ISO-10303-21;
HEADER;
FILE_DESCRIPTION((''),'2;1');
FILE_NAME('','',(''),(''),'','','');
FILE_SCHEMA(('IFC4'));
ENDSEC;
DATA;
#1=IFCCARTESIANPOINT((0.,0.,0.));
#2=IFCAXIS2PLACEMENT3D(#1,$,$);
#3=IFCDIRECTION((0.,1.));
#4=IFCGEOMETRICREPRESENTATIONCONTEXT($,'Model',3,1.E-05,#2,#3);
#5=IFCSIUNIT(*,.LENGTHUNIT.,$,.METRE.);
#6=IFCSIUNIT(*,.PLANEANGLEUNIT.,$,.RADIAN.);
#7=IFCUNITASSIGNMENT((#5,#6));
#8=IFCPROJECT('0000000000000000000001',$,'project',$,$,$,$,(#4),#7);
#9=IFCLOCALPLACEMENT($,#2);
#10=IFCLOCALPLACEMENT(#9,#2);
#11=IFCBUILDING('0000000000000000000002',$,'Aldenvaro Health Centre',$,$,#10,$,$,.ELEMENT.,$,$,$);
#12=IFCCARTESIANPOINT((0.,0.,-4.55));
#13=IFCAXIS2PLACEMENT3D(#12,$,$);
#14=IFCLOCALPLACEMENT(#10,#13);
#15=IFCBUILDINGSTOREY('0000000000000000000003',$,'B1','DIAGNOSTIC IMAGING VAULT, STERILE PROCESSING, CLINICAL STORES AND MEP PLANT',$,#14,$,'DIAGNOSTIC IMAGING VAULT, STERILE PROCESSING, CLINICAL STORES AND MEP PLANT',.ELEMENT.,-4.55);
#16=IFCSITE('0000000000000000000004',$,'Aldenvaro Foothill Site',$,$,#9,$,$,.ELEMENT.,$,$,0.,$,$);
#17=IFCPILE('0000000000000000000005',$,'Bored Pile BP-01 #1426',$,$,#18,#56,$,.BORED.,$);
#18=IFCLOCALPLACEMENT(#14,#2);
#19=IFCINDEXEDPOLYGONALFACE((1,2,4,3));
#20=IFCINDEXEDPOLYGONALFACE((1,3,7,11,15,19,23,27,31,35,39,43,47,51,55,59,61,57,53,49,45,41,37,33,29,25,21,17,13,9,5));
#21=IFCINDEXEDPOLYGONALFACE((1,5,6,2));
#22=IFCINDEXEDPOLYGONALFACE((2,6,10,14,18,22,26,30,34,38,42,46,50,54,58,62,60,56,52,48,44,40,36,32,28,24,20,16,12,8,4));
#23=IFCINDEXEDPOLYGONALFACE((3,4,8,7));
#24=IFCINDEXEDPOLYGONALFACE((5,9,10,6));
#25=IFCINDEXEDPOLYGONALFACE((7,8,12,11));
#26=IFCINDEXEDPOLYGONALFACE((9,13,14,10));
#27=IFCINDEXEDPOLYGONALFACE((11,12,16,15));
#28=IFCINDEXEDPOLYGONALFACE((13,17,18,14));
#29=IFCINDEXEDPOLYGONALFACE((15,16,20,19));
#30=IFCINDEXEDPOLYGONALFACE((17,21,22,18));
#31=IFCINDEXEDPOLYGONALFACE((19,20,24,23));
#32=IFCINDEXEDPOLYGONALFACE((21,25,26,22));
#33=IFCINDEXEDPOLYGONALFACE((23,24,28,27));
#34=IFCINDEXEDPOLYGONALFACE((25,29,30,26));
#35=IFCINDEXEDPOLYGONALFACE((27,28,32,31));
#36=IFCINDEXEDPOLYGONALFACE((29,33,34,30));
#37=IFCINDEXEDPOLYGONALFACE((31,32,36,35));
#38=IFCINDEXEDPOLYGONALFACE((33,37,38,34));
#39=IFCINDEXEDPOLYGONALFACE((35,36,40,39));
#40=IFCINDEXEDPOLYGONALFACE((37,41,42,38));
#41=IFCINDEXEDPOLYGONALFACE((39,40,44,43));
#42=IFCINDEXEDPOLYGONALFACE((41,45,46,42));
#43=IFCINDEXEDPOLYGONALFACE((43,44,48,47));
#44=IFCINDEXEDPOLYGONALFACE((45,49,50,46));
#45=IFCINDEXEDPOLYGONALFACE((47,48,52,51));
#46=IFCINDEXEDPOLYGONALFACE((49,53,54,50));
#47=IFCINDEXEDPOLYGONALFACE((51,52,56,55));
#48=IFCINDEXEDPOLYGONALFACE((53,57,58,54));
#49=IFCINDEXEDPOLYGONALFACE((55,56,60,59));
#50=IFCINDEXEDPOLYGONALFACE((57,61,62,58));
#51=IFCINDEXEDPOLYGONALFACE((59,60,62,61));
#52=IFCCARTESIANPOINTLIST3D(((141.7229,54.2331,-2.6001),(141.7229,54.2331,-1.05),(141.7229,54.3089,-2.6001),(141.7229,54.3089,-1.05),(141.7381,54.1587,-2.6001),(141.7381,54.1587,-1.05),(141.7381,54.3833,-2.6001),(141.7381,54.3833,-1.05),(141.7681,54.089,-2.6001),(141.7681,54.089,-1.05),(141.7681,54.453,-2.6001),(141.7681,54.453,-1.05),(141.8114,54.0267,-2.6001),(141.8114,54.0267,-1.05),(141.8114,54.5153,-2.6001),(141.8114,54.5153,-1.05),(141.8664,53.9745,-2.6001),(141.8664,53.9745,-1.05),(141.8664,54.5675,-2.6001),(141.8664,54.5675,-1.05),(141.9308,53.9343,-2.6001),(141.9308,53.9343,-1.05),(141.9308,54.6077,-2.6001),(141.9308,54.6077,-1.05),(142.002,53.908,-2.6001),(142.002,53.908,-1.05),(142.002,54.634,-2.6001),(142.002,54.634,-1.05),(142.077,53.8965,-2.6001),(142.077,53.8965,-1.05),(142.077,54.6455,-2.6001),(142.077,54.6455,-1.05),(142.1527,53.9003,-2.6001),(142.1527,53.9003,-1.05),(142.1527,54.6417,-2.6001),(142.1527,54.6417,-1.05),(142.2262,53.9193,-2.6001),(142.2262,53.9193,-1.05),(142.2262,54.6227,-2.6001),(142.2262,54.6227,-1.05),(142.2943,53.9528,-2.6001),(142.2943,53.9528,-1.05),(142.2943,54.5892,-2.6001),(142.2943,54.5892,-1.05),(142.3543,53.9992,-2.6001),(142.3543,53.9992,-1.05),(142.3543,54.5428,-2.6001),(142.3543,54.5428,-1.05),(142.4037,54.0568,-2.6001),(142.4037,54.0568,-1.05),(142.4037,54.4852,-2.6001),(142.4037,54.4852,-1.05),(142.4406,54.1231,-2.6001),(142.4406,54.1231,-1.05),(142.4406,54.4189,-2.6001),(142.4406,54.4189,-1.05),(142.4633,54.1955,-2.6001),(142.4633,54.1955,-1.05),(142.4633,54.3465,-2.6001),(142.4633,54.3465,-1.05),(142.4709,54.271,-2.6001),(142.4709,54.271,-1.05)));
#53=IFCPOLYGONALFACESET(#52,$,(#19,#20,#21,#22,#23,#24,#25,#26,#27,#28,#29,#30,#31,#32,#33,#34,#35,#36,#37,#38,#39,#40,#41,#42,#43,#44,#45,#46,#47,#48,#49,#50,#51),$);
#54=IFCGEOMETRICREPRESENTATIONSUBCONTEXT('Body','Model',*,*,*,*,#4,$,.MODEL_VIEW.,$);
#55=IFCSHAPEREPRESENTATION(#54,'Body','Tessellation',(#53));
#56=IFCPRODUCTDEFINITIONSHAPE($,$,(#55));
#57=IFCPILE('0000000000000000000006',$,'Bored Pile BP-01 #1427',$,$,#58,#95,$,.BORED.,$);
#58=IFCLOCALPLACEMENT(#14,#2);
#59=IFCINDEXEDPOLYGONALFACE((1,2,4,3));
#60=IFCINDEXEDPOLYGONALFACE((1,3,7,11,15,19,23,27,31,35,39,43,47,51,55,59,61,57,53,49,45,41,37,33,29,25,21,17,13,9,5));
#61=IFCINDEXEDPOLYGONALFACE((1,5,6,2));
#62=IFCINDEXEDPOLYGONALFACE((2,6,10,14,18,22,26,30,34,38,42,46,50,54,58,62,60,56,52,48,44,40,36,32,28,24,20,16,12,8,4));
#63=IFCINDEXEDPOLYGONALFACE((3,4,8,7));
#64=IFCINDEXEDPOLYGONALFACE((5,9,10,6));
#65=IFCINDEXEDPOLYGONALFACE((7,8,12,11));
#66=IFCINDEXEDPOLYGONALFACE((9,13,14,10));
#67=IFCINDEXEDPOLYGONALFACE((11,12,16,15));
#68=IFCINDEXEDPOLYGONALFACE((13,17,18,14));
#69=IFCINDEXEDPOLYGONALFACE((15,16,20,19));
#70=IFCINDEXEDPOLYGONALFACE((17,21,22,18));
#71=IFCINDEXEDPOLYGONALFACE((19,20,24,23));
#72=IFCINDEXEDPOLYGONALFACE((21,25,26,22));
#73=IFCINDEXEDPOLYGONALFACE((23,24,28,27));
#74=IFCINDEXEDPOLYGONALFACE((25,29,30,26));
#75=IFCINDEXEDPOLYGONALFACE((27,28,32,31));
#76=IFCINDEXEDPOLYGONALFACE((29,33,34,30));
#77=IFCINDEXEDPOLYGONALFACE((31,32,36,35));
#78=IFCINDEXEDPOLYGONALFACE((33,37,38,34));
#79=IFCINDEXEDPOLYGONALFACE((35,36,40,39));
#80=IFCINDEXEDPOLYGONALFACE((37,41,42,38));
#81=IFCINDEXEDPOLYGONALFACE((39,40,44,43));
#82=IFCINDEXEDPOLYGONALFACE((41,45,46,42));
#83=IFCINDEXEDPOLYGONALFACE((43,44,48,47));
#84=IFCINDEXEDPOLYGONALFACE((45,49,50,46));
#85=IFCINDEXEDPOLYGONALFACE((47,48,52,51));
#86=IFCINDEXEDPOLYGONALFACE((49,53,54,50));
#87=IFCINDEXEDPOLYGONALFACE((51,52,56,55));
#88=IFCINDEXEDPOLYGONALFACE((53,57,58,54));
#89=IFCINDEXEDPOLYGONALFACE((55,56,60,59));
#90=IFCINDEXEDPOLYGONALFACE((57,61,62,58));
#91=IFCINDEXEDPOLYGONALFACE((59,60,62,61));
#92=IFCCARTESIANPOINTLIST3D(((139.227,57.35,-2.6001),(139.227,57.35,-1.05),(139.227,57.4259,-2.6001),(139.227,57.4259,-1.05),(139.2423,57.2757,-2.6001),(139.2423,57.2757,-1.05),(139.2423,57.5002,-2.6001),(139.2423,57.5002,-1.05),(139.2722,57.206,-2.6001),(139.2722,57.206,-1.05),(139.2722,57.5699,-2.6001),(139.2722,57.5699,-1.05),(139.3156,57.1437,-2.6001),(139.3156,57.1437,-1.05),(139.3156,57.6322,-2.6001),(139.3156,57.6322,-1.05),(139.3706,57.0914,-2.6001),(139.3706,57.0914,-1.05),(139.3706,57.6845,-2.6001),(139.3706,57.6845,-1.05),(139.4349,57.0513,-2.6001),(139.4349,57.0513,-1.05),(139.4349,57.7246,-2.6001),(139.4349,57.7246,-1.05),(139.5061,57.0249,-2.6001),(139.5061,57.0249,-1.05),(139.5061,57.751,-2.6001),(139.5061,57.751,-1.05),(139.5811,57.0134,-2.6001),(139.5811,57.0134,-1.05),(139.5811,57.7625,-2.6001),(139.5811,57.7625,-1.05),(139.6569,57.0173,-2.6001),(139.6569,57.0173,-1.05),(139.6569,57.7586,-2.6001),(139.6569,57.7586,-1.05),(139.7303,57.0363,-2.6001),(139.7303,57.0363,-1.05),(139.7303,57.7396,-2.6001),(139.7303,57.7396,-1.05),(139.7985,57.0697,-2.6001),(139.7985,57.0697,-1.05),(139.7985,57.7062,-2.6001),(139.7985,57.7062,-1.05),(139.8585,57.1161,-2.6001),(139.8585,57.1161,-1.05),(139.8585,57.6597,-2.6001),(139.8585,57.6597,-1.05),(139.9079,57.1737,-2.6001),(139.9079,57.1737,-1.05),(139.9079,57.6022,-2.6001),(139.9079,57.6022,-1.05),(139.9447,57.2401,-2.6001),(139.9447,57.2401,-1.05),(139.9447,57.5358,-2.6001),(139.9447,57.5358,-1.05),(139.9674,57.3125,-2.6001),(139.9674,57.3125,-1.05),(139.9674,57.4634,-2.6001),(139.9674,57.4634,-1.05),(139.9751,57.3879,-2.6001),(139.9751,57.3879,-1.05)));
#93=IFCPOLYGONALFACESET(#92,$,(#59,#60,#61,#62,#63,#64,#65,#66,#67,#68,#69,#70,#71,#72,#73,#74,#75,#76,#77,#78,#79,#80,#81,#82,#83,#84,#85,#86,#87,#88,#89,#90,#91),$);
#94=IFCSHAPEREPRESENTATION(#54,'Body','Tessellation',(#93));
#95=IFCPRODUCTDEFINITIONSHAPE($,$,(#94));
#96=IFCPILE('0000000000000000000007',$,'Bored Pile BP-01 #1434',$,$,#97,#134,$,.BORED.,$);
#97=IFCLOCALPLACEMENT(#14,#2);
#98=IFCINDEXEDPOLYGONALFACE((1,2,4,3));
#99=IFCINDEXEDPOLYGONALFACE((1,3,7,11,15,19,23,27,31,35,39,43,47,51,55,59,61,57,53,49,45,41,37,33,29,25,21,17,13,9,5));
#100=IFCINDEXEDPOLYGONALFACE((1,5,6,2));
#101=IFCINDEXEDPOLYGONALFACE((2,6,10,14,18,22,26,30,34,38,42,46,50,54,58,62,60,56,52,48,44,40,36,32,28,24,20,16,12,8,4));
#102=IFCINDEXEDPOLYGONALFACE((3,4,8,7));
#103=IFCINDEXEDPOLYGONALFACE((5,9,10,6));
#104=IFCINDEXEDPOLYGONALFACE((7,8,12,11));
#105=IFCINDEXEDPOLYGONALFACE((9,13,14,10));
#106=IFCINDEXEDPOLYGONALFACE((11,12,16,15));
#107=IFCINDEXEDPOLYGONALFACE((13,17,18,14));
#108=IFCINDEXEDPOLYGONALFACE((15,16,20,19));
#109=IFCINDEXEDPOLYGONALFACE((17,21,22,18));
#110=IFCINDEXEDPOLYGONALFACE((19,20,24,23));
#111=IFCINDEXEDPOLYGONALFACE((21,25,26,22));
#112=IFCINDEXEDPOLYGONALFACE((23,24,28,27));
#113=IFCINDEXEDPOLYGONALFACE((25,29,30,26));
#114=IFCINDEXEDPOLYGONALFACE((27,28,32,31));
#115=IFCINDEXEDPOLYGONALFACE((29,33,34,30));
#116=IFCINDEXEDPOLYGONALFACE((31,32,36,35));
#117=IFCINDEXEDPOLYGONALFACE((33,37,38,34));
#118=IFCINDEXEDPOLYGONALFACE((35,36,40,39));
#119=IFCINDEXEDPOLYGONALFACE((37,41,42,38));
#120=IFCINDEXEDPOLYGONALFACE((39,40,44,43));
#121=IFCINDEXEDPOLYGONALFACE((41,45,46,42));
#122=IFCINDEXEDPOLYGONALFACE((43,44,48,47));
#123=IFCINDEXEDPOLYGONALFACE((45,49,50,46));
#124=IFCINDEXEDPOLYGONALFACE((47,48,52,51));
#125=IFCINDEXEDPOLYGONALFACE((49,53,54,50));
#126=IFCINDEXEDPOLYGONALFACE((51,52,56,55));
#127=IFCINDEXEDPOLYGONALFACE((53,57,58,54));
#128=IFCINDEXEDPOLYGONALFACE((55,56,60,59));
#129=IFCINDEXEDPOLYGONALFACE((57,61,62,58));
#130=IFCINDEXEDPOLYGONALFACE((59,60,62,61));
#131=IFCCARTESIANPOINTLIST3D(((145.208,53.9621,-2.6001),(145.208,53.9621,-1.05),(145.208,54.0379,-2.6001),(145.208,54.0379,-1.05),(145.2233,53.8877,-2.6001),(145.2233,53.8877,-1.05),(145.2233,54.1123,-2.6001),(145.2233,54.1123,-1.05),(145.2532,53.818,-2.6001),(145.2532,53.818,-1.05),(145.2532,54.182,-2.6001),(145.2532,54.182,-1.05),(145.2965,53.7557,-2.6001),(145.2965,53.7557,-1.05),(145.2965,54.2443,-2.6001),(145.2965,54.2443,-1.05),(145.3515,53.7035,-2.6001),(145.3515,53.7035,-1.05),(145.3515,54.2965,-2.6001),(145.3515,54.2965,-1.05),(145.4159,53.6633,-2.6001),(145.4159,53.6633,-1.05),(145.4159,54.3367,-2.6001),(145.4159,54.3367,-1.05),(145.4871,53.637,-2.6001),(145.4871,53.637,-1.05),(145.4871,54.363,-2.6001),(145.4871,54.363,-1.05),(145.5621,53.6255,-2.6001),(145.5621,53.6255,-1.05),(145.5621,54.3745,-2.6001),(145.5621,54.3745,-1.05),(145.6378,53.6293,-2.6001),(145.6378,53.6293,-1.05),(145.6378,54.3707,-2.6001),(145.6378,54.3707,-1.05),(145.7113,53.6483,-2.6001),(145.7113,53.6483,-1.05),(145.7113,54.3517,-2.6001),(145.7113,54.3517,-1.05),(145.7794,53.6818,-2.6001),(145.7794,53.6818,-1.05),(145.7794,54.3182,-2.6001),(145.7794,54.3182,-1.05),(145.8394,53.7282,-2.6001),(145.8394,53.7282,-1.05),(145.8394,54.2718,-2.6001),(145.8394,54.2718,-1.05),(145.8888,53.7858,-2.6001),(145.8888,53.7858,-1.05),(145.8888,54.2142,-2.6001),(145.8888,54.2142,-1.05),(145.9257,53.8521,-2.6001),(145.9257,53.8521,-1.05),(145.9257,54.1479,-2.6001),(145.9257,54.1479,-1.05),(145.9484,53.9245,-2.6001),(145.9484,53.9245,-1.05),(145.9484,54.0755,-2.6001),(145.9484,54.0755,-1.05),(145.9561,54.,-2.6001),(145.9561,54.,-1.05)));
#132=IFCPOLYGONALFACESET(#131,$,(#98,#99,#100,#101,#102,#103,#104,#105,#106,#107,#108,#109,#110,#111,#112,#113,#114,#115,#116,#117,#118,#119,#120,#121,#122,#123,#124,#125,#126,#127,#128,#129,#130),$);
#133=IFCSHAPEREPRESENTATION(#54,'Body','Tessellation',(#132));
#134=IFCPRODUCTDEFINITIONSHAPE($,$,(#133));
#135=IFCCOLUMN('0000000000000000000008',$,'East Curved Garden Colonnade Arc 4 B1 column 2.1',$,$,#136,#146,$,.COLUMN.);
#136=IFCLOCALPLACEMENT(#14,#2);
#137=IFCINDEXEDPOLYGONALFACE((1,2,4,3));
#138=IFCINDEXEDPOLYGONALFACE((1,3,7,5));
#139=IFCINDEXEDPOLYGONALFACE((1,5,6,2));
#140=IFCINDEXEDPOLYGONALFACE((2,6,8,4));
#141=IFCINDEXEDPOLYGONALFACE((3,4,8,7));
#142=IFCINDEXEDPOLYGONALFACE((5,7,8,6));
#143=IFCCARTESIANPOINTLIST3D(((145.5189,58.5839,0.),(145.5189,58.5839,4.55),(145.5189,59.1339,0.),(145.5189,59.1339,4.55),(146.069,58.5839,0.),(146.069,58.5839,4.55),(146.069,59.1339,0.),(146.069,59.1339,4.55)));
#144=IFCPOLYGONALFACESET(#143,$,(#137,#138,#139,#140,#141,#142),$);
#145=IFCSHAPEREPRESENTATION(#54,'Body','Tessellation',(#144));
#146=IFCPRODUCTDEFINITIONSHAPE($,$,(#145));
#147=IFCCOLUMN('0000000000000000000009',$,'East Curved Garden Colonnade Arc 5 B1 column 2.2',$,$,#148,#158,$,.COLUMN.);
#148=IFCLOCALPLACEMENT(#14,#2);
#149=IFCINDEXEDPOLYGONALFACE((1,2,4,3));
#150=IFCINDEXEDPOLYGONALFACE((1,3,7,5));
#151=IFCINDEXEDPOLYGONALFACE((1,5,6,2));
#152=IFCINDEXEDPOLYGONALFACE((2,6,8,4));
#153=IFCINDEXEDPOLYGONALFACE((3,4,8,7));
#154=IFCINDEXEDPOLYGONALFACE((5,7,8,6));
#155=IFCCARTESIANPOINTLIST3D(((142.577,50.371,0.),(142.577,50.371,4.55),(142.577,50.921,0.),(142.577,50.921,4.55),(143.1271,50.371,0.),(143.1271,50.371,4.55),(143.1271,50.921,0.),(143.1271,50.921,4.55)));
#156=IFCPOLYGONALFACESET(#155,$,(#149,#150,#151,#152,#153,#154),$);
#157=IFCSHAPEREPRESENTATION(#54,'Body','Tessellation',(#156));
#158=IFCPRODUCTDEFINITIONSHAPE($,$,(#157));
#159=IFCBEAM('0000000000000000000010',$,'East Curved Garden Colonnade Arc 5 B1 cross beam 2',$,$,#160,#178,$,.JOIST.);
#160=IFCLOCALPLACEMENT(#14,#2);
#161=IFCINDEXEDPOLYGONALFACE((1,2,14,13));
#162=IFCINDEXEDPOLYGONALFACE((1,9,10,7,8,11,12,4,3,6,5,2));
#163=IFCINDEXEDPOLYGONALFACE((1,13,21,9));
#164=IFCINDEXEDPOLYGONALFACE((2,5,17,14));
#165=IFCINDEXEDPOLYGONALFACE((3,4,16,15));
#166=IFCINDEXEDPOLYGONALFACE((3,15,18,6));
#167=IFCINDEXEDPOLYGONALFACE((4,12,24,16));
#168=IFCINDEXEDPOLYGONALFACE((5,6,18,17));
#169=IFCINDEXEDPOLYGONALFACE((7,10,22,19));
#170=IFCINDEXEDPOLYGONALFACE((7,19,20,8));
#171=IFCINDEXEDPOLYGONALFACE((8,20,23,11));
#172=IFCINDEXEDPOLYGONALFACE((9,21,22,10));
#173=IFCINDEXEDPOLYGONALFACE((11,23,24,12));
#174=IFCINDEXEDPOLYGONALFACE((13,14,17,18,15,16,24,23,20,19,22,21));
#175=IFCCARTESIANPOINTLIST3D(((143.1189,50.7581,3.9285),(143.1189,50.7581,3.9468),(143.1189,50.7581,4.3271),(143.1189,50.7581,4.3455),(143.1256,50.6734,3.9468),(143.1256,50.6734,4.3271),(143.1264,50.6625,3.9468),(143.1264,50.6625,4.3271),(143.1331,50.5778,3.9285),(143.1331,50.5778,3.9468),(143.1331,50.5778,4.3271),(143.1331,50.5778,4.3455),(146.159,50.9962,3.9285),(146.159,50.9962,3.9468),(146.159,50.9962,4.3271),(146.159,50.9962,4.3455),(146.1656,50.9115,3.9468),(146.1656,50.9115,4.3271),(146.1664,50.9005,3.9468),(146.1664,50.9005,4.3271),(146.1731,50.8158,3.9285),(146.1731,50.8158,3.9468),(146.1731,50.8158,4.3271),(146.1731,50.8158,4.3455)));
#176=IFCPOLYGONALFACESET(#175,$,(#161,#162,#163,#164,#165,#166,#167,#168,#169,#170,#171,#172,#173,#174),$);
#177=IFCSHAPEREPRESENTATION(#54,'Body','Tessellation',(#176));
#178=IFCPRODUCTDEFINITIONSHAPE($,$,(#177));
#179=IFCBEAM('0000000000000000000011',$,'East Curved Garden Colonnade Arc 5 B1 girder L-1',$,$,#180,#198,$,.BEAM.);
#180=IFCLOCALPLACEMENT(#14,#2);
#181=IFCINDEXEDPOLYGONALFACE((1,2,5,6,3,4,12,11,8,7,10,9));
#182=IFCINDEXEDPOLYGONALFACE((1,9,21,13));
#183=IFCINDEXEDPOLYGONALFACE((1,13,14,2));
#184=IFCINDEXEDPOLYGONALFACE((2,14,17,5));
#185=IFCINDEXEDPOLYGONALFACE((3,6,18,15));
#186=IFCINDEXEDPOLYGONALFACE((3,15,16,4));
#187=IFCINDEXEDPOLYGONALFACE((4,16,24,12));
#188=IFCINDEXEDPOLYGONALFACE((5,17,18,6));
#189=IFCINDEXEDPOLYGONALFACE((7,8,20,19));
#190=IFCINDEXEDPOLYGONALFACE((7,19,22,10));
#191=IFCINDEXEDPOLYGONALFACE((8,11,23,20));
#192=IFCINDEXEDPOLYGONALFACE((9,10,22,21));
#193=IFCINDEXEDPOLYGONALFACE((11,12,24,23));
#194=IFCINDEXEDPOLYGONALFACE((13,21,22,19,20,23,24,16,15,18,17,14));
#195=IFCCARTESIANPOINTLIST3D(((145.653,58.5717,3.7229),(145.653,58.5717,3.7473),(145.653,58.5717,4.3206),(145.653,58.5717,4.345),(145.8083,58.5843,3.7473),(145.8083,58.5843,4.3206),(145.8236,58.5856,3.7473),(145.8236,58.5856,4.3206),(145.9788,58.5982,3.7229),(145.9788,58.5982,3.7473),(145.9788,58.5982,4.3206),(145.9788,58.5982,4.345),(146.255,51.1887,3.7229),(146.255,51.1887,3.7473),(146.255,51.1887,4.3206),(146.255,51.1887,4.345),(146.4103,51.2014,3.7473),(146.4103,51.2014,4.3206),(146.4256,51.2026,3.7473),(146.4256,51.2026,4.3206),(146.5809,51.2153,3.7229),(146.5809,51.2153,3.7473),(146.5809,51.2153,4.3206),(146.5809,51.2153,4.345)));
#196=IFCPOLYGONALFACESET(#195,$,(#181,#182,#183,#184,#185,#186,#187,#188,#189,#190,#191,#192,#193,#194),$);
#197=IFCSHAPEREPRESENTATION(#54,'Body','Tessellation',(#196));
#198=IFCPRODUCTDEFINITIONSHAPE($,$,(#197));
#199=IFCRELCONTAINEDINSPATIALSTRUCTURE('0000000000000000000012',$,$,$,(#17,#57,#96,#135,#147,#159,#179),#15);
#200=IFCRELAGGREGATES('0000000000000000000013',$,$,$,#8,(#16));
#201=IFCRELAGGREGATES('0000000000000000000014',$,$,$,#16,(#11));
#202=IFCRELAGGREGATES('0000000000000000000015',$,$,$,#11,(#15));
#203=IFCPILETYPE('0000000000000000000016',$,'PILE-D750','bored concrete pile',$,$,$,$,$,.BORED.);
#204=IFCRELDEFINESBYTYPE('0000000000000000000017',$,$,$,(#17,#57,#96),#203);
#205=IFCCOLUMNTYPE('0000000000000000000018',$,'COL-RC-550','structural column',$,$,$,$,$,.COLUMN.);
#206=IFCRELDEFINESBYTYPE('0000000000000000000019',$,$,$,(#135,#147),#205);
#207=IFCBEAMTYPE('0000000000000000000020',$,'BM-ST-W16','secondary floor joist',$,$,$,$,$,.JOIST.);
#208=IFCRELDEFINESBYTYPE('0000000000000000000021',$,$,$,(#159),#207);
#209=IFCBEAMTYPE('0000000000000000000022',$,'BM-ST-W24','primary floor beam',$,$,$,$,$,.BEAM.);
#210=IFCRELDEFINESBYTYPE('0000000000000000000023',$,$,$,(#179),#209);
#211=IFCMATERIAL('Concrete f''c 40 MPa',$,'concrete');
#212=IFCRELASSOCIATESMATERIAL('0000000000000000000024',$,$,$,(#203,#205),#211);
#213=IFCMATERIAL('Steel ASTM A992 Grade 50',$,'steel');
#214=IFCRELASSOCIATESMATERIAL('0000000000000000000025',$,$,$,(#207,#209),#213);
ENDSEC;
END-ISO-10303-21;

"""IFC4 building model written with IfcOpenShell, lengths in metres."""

from ifc_helpers import new_model, si_unit, direction, frame, origin, origin_2d, place, context, subcontext, project, spatial, rectangle, circle, i_section, extrude, material, material_profile, profile_set, type_object, element, save


model = new_model("IFC4")

# Units and contexts
model_context = context("Model", 3, precision=1e-05, world=origin(), true_north=direction((0.0, 1.0)))
body_context = subcontext(model_context, "Body", "Model", "MODEL_VIEW")
ifc_project = project(units=[si_unit("LENGTHUNIT", "METRE"), si_unit("PLANEANGLEUNIT", "RADIAN")], contexts=[model_context])

# Site, building, storey
site_placement = place(None, origin())
site = spatial("IfcSite", under=ifc_project, at=site_placement, Name="Aldenvaro Foothill Site", CompositionType="ELEMENT", RefElevation=0.0)
building_placement = place(site_placement, origin())
building = spatial("IfcBuilding", under=site, at=building_placement, Name="Aldenvaro Health Centre", CompositionType="ELEMENT")
storey_placement = place(building_placement, frame((0.0, 0.0, -4.55)))
storey = spatial("IfcBuildingStorey", under=building, at=storey_placement, Name="B1", Description="DIAGNOSTIC IMAGING VAULT, STERILE PROCESSING, CLINICAL STORES AND MEP PLANT", LongName="DIAGNOSTIC IMAGING VAULT, STERILE PROCESSING, CLINICAL STORES AND MEP PLANT", CompositionType="ELEMENT", Elevation=-4.55)

# Shared definitions
ifc_material_1 = material(Name="Concrete f'c 40 MPa", Category="concrete")

# Piles
ifc_material_profile_1 = material_profile(ifc_material_1, circle(Radius=0.375, at=origin_2d()), Name="PILE D750", Category="concrete")
ifc_profile_set_1 = profile_set([ifc_material_profile_1], Name="Concrete f'c 40 MPa")
pile_type_1 = type_object("IfcPileType", Name="PILE-D750", Description="bored concrete pile", PredefinedType="BORED", material=ifc_profile_set_1)
for number, where, z_axis, x_axis, name in (
    (1, (142.0959, 54.271, -1.05), (0.0, 0.0, -1.0), (1.0, 0.0, 0.0), "Bored Pile BP-01 #1426"),
    (2, (139.6001, 57.3879, -1.05), (0.0, 0.0, -1.0), (1.0, 0.0, 0.0), "Bored Pile BP-01 #1427"),
    (3, (145.5811, 54.0, -1.05), (0.0, 0.0, -1.0), (1.0, 0.0, 0.0), "Bored Pile BP-01 #1434"),
):
    element("IfcPile", number, at=place(storey_placement, frame(where, z_axis=z_axis, x_axis=x_axis)), inside=storey, type_object=pile_type_1, Name=name, PredefinedType="BORED", context=body_context, shape_type="SweptSolid", body=[
        extrude(circle(Radius=0.375, at=origin_2d()), origin(), (0.0, 0.0, 1.0), 1.55),
    ])

# Columns
ifc_material_profile_2 = material_profile(ifc_material_1, rectangle(XDim=0.55, YDim=0.55, at=origin_2d()), Name="RC 550x550", Category="concrete")
ifc_profile_set_2 = profile_set([ifc_material_profile_2], Name="Concrete f'c 40 MPa")
column_type = type_object("IfcColumnType", Name="COL-RC-550", Description="structural column", PredefinedType="COLUMN", material=ifc_profile_set_2)
for number, where, z_axis, x_axis, name in (
    (4, (145.7939, 58.8589, 0.0), (0.0, 0.0, 1.0), (1.0, 0.0, 0.0), "East Curved Garden Colonnade Arc 4 B1 column 2.1"),
    (5, (142.8521, 50.646, 0.0), (0.0, 0.0, 1.0), (1.0, 0.0, 0.0), "East Curved Garden Colonnade Arc 5 B1 column 2.2"),
):
    element("IfcColumn", number, at=place(storey_placement, frame(where, z_axis=z_axis, x_axis=x_axis)), inside=storey, type_object=column_type, Name=name, PredefinedType="COLUMN", context=body_context, shape_type="SweptSolid", body=[
        extrude(rectangle(XDim=0.55, YDim=0.55, at=origin_2d()), origin(), (0.0, 0.0, 1.0), 4.55),
    ])

# Beams
ifc_material_2 = material(Name="Steel ASTM A992 Grade 50", Category="steel")
ifc_material_profile_3 = material_profile(ifc_material_2, i_section(OverallWidth=0.1809, OverallDepth=0.417, WebThickness=0.011, FlangeThickness=0.0183, at=origin_2d()), Name="W16X57", Category="steel")
ifc_profile_set_3 = profile_set([ifc_material_profile_3], Name="Steel ASTM A992 Grade 50")
beam_type_1 = type_object("IfcBeamType", Name="BM-ST-W16", Description="secondary floor joist", PredefinedType="JOIST", material=ifc_profile_set_3)
beam_1_placement = place(storey_placement, frame((146.166, 50.906, 4.137), z_axis=(-0.996949, -0.078062, 0.0), x_axis=(0.078062, -0.996949, 0.0)))
element("IfcBeam", 6, at=beam_1_placement, inside=storey, type_object=beam_type_1, Name="East Curved Garden Colonnade Arc 5 B1 cross beam 2", PredefinedType="JOIST", context=body_context, shape_type="SweptSolid", body=[
    extrude(i_section(OverallWidth=0.1809, OverallDepth=0.417, WebThickness=0.011, FlangeThickness=0.0183, at=origin_2d()), origin(), (0.0, 0.0, 1.0), 3.0493),
])
ifc_material_profile_4 = material_profile(ifc_material_2, i_section(OverallWidth=0.3269, OverallDepth=0.6221, WebThickness=0.0154, FlangeThickness=0.0244, at=origin_2d()), Name="W24X131", Category="steel")
ifc_profile_set_4 = profile_set([ifc_material_profile_4], Name="Steel ASTM A992 Grade 50")
beam_type_2 = type_object("IfcBeamType", Name="BM-ST-W24", Description="primary floor beam", PredefinedType="BEAM", material=ifc_profile_set_4)
beam_2_placement = place(storey_placement, frame((145.8159, 58.585, 4.0339), z_axis=(0.081275, -0.996692, 0.0), x_axis=(0.996692, 0.081275, 0.0)))
element("IfcBeam", 7, at=beam_2_placement, inside=storey, type_object=beam_type_2, Name="East Curved Garden Colonnade Arc 5 B1 girder L-1", PredefinedType="BEAM", context=body_context, shape_type="SweptSolid", body=[
    extrude(i_section(OverallWidth=0.3269, OverallDepth=0.6221, WebThickness=0.0154, FlangeThickness=0.0244, at=origin_2d()), origin(), (0.0, 0.0, 1.0), 7.4075),
])

save(model, "model.ifc")
